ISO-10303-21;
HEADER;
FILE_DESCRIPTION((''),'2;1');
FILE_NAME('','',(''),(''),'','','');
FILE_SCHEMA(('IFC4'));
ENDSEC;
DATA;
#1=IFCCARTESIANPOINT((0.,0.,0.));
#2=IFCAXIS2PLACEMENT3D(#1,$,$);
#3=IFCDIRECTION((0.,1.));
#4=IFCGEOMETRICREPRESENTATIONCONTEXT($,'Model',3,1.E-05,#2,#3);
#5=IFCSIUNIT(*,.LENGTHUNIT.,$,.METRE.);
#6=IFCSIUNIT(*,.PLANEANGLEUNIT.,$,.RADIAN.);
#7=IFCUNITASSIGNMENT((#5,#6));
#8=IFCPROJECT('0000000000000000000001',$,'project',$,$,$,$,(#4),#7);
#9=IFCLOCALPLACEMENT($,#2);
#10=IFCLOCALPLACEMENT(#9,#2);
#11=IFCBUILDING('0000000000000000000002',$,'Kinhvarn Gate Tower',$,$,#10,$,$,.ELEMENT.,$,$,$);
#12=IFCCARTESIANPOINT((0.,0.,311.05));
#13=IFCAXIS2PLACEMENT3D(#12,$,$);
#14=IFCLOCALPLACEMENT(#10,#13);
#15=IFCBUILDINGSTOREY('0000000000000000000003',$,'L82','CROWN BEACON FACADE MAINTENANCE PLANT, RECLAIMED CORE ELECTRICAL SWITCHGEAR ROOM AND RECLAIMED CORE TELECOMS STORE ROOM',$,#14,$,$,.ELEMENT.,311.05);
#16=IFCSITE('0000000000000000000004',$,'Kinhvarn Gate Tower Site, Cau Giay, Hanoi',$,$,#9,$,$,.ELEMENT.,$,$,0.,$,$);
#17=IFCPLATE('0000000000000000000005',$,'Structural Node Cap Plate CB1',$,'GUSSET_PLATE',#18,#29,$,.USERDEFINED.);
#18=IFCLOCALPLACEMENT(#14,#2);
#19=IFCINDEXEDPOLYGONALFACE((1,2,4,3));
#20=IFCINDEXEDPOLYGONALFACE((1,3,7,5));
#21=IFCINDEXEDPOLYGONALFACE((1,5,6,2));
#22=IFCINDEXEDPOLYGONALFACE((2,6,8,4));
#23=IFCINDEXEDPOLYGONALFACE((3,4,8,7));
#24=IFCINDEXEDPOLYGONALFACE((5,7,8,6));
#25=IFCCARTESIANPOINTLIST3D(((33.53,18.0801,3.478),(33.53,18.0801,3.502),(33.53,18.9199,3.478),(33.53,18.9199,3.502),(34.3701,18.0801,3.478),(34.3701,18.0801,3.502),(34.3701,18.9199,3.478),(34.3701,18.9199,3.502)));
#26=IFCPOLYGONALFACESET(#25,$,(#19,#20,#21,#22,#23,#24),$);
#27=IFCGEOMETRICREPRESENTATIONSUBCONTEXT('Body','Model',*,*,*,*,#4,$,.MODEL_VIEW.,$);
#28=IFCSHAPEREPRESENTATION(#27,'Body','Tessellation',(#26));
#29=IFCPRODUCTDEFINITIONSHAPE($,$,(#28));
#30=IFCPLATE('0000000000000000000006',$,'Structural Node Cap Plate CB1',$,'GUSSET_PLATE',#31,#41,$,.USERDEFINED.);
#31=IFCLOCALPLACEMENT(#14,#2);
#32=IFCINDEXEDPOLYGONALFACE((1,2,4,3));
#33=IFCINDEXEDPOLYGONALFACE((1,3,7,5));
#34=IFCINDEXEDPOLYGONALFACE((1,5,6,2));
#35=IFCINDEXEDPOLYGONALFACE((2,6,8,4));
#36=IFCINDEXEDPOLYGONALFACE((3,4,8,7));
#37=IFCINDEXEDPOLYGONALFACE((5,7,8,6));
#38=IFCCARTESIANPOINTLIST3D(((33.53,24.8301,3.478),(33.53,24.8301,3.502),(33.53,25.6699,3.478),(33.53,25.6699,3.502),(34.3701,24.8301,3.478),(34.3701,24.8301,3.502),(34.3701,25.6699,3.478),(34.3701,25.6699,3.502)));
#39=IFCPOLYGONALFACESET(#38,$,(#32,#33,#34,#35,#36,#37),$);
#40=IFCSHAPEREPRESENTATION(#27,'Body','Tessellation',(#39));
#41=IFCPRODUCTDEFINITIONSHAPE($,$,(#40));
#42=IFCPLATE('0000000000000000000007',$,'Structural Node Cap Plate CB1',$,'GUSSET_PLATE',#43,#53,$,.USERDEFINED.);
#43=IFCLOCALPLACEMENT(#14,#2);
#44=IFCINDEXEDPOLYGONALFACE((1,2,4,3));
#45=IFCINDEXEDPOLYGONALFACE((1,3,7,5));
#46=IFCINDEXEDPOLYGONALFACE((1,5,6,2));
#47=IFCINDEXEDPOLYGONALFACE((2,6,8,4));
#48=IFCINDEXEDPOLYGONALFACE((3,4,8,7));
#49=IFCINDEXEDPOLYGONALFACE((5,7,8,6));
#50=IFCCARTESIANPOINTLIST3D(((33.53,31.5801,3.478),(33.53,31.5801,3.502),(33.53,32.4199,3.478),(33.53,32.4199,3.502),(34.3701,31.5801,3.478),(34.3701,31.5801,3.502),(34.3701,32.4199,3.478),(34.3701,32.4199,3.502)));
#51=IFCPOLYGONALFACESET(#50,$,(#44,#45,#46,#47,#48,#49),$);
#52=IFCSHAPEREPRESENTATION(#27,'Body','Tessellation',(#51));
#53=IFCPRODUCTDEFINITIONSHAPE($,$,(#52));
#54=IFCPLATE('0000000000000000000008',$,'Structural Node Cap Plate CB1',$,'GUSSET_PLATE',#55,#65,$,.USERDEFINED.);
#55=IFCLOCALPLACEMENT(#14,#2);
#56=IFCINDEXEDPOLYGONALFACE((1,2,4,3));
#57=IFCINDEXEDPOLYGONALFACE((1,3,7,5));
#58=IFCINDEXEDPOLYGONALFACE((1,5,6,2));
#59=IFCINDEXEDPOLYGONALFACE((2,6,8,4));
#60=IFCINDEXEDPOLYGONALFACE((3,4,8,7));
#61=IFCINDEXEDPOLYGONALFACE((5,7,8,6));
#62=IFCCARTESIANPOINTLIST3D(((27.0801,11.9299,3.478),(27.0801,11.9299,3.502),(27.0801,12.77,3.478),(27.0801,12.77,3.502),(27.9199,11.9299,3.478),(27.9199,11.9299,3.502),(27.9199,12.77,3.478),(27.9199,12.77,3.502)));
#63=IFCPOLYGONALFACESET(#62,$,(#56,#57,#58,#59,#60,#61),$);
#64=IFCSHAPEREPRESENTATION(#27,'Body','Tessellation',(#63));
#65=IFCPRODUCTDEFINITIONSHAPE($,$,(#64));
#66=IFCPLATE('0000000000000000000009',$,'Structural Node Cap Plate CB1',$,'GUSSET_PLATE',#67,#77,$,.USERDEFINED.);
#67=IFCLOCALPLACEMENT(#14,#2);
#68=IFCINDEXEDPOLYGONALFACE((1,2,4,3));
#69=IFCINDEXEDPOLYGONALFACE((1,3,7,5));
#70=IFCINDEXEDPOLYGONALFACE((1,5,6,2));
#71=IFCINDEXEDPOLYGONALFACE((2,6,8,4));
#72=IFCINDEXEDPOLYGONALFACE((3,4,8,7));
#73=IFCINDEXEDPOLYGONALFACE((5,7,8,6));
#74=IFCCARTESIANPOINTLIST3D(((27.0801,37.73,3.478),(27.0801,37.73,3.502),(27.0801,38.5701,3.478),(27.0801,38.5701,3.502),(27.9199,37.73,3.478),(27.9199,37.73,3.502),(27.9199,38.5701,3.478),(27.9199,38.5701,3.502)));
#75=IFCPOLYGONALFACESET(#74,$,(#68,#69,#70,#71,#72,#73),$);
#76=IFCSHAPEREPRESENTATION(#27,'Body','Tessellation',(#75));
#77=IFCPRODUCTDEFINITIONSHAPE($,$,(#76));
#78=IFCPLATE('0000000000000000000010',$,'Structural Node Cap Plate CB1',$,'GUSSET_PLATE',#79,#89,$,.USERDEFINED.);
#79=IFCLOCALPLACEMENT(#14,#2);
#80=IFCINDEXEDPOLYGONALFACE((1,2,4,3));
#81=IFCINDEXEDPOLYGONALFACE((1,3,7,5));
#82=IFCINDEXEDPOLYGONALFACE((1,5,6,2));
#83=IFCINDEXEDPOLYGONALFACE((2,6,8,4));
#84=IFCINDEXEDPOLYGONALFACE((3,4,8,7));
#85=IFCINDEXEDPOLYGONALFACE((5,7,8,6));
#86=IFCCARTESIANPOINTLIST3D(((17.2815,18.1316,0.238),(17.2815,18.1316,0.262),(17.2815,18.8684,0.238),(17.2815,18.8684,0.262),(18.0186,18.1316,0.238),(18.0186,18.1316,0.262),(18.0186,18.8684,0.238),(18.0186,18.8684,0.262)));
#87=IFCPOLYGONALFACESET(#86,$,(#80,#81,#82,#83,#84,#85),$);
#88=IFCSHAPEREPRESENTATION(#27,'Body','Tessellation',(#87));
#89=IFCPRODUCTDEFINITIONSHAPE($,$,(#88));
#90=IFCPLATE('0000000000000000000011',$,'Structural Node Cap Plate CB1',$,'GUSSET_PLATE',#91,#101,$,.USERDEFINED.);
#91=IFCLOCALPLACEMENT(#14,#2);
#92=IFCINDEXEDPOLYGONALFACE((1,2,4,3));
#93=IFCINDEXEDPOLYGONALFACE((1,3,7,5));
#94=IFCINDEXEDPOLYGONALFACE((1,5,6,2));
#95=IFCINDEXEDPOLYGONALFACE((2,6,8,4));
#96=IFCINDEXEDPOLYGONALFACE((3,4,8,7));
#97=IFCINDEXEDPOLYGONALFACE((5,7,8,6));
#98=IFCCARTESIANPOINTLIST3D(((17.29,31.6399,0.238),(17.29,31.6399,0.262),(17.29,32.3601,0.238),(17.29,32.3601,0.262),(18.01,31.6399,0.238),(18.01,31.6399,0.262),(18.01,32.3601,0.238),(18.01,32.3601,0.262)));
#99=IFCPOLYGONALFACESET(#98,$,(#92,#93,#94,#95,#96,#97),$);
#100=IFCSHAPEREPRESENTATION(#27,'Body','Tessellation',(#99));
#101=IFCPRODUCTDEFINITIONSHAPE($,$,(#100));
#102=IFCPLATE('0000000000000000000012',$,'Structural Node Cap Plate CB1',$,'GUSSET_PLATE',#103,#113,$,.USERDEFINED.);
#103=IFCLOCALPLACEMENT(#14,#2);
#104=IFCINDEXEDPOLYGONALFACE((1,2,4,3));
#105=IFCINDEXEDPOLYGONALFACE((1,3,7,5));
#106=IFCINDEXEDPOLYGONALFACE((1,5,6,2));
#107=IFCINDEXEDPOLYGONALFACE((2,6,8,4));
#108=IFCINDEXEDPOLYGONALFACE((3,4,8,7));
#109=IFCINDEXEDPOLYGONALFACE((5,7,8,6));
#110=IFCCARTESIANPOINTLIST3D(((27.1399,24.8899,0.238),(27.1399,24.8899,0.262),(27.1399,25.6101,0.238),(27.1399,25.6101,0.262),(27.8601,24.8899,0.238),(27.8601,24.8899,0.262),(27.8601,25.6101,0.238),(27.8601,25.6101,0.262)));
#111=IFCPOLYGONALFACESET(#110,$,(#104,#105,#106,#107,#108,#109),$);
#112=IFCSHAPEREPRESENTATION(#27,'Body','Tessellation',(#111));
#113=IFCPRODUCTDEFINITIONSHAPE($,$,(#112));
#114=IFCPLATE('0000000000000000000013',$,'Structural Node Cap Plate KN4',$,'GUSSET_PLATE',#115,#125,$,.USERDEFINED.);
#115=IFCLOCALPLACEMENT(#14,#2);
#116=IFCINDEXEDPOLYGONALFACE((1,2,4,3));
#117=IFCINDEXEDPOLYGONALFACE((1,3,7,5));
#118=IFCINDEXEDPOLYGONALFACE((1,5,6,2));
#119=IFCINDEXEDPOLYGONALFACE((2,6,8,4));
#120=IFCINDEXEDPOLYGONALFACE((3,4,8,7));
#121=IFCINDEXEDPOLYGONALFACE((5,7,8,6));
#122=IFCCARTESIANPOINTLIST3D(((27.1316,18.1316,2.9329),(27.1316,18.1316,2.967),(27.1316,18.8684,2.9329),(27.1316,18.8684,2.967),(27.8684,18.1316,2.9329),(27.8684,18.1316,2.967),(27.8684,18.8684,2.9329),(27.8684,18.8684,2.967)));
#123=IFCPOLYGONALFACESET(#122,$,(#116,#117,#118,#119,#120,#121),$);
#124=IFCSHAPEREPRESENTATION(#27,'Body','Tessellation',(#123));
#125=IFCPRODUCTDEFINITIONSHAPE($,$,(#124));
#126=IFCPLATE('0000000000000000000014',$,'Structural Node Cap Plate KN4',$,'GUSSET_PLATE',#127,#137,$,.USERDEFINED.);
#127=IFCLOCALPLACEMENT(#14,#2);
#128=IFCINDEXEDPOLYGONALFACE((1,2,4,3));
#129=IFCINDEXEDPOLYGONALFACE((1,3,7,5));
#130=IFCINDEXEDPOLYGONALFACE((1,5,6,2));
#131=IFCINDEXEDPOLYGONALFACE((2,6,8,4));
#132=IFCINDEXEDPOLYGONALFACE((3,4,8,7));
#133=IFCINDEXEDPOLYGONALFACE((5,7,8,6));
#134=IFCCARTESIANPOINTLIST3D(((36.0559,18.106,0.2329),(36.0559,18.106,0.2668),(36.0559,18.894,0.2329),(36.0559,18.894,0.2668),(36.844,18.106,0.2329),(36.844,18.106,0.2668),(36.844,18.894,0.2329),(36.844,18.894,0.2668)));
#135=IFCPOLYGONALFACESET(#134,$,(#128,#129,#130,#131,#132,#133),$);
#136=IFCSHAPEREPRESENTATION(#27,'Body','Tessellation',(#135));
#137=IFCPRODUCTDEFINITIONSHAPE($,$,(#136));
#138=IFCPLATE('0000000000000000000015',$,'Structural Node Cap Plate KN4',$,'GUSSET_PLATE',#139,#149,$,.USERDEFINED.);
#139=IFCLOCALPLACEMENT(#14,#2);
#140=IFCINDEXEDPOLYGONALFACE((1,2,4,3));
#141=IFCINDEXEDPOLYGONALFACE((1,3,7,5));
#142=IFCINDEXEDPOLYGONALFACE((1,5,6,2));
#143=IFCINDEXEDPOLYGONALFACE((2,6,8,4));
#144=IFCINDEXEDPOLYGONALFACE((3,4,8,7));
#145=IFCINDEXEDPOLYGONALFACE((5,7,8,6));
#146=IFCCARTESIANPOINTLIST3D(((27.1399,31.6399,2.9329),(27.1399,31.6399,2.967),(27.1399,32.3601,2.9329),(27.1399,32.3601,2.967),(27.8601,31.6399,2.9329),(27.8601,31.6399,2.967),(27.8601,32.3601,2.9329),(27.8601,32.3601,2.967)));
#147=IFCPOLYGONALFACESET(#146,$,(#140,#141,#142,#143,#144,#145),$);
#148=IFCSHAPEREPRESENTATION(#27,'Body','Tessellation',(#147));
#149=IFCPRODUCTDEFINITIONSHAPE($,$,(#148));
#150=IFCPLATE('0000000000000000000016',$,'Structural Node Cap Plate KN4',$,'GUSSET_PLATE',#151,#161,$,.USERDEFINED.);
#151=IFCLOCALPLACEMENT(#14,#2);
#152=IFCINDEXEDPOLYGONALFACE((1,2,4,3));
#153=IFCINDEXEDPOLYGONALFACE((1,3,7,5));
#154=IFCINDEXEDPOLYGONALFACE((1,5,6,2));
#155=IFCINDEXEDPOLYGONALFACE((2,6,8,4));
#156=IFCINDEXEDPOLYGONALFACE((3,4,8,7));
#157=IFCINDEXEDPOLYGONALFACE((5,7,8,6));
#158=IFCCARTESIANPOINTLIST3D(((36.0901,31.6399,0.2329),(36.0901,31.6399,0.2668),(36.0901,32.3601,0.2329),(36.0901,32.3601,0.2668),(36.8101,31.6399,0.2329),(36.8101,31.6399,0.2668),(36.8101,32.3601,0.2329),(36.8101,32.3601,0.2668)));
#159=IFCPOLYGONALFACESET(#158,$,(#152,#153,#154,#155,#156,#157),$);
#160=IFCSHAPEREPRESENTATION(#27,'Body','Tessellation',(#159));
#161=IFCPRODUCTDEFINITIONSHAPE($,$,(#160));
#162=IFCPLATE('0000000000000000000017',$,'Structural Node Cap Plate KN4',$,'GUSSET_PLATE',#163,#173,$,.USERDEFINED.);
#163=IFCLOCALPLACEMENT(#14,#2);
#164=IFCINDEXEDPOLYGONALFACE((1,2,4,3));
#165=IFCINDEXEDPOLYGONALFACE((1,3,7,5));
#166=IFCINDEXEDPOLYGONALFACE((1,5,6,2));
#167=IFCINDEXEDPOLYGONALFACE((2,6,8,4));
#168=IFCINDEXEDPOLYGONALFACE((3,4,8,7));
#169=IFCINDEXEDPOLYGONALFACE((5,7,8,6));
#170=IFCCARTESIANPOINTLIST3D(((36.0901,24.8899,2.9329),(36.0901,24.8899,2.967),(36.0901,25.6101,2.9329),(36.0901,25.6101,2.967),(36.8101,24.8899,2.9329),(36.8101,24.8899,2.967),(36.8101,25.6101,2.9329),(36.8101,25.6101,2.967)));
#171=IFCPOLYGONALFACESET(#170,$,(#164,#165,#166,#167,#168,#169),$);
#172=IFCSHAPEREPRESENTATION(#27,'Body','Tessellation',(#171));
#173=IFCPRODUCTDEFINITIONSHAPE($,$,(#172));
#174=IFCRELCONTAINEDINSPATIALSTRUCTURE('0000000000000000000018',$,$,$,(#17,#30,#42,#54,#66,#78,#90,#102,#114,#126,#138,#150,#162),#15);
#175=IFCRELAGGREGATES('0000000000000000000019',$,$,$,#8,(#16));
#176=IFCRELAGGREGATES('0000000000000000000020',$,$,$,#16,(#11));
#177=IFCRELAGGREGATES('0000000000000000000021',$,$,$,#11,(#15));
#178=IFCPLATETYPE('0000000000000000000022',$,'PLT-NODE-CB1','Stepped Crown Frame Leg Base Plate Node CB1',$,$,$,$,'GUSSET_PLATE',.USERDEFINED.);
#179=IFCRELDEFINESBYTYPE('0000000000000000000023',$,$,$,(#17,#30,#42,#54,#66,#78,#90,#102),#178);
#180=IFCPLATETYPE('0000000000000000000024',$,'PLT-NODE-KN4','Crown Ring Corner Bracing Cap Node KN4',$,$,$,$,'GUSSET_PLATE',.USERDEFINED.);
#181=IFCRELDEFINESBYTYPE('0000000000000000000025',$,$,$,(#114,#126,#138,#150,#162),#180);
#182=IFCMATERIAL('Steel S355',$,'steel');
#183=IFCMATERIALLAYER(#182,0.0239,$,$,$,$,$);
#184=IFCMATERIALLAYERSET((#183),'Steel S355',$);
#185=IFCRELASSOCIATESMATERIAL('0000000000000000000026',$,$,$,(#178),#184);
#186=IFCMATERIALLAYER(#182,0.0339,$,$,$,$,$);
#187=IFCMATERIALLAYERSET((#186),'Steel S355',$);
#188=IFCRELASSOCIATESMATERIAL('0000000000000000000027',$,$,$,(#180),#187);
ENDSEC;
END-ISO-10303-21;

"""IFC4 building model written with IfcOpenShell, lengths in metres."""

from ifc_helpers import new_model, si_unit, direction, frame, origin, place, context, subcontext, project, spatial, polyline, outline, extrude, material, layer, layer_set, type_object, element, save


model = new_model("IFC4")

# Units and contexts
model_context = context("Model", 3, precision=1e-05, world=origin(), true_north=direction((0.0, 1.0)))
body_context = subcontext(model_context, "Body", "Model", "MODEL_VIEW")
ifc_project = project(units=[si_unit("LENGTHUNIT", "METRE"), si_unit("PLANEANGLEUNIT", "RADIAN")], contexts=[model_context])

# Site, building, storey
site_placement = place(None, origin())
site = spatial("IfcSite", under=ifc_project, at=site_placement, Name="Kinhvarn Gate Tower Site, Cau Giay, Hanoi", CompositionType="ELEMENT", RefElevation=0.0)
building_placement = place(site_placement, origin())
building = spatial("IfcBuilding", under=site, at=building_placement, Name="Kinhvarn Gate Tower", CompositionType="ELEMENT")
storey_placement = place(building_placement, frame((0.0, 0.0, 311.05)))
storey = spatial("IfcBuildingStorey", under=building, at=storey_placement, Name="L82", Description="CROWN BEACON FACADE MAINTENANCE PLANT, RECLAIMED CORE ELECTRICAL SWITCHGEAR ROOM AND RECLAIMED CORE TELECOMS STORE ROOM", CompositionType="ELEMENT", Elevation=311.05)

# Plates
ifc_material_1 = material(Name="Steel S355", Category="steel")
ifc_layer_1 = layer(ifc_material_1, 0.0239)
ifc_layer_set_1 = layer_set([ifc_layer_1], Name="Steel S355")
plate_type_1 = type_object("IfcPlateType", Name="PLT-NODE-CB1", Description="Stepped Crown Frame Leg Base Plate Node CB1", ElementType="GUSSET_PLATE", PredefinedType="USERDEFINED", material=ifc_layer_set_1)
plate_1_placement = place(storey_placement, frame((0.0, 0.0, 3.478)))
element("IfcPlate", 1, at=plate_1_placement, inside=storey, type_object=plate_type_1, Name="Structural Node Cap Plate CB1", ObjectType="GUSSET_PLATE", PredefinedType="USERDEFINED", context=body_context, shape_type="SweptSolid", body=[
    extrude(outline(polyline([(33.53, 18.0801), (34.3701, 18.0801), (34.3701, 18.9199), (33.53, 18.9199), (33.53, 18.0801)])), origin(), (0.0, 0.0, 1.0), 0.0239),
])
plate_2_placement = place(storey_placement, frame((0.0, 0.0, 3.478)))
element("IfcPlate", 2, at=plate_2_placement, inside=storey, type_object=plate_type_1, Name="Structural Node Cap Plate CB1", ObjectType="GUSSET_PLATE", PredefinedType="USERDEFINED", context=body_context, shape_type="SweptSolid", body=[
    extrude(outline(polyline([(33.53, 24.8301), (34.3701, 24.8301), (34.3701, 25.6699), (33.53, 25.6699), (33.53, 24.8301)])), origin(), (0.0, 0.0, 1.0), 0.0239),
])
plate_3_placement = place(storey_placement, frame((0.0, 0.0, 3.478)))
element("IfcPlate", 3, at=plate_3_placement, inside=storey, type_object=plate_type_1, Name="Structural Node Cap Plate CB1", ObjectType="GUSSET_PLATE", PredefinedType="USERDEFINED", context=body_context, shape_type="SweptSolid", body=[
    extrude(outline(polyline([(33.53, 31.5801), (34.3701, 31.5801), (34.3701, 32.4199), (33.53, 32.4199), (33.53, 31.5801)])), origin(), (0.0, 0.0, 1.0), 0.0239),
])
plate_4_placement = place(storey_placement, frame((0.0, 0.0, 3.478)))
element("IfcPlate", 4, at=plate_4_placement, inside=storey, type_object=plate_type_1, Name="Structural Node Cap Plate CB1", ObjectType="GUSSET_PLATE", PredefinedType="USERDEFINED", context=body_context, shape_type="SweptSolid", body=[
    extrude(outline(polyline([(27.0801, 11.9299), (27.9199, 11.9299), (27.9199, 12.77), (27.0801, 12.77), (27.0801, 11.9299)])), origin(), (0.0, 0.0, 1.0), 0.0239),
])
plate_5_placement = place(storey_placement, frame((0.0, 0.0, 3.478)))
element("IfcPlate", 5, at=plate_5_placement, inside=storey, type_object=plate_type_1, Name="Structural Node Cap Plate CB1", ObjectType="GUSSET_PLATE", PredefinedType="USERDEFINED", context=body_context, shape_type="SweptSolid", body=[
    extrude(outline(polyline([(27.0801, 37.73), (27.9199, 37.73), (27.9199, 38.5701), (27.0801, 38.5701), (27.0801, 37.73)])), origin(), (0.0, 0.0, 1.0), 0.0239),
])
plate_6_placement = place(storey_placement, frame((0.0, 0.0, 0.238)))
element("IfcPlate", 6, at=plate_6_placement, inside=storey, type_object=plate_type_1, Name="Structural Node Cap Plate CB1", ObjectType="GUSSET_PLATE", PredefinedType="USERDEFINED", context=body_context, shape_type="SweptSolid", body=[
    extrude(outline(polyline([(17.2815, 18.1316), (18.0186, 18.1316), (18.0186, 18.8684), (17.2815, 18.8684), (17.2815, 18.1316)])), origin(), (0.0, 0.0, 1.0), 0.0239),
])
plate_7_placement = place(storey_placement, frame((0.0, 0.0, 0.238)))
element("IfcPlate", 7, at=plate_7_placement, inside=storey, type_object=plate_type_1, Name="Structural Node Cap Plate CB1", ObjectType="GUSSET_PLATE", PredefinedType="USERDEFINED", context=body_context, shape_type="SweptSolid", body=[
    extrude(outline(polyline([(17.29, 31.6399), (18.01, 31.6399), (18.01, 32.3601), (17.29, 32.3601), (17.29, 31.6399)])), origin(), (0.0, 0.0, 1.0), 0.0239),
])
plate_8_placement = place(storey_placement, frame((0.0, 0.0, 0.238)))
element("IfcPlate", 8, at=plate_8_placement, inside=storey, type_object=plate_type_1, Name="Structural Node Cap Plate CB1", ObjectType="GUSSET_PLATE", PredefinedType="USERDEFINED", context=body_context, shape_type="SweptSolid", body=[
    extrude(outline(polyline([(27.1399, 24.8899), (27.8601, 24.8899), (27.8601, 25.6101), (27.1399, 25.6101), (27.1399, 24.8899)])), origin(), (0.0, 0.0, 1.0), 0.0239),
])
ifc_layer_2 = layer(ifc_material_1, 0.0339)
ifc_layer_set_2 = layer_set([ifc_layer_2], Name="Steel S355")
plate_type_2 = type_object("IfcPlateType", Name="PLT-NODE-KN4", Description="Crown Ring Corner Bracing Cap Node KN4", ElementType="GUSSET_PLATE", PredefinedType="USERDEFINED", material=ifc_layer_set_2)
plate_9_placement = place(storey_placement, frame((0.0, 0.0, 2.9329)))
element("IfcPlate", 9, at=plate_9_placement, inside=storey, type_object=plate_type_2, Name="Structural Node Cap Plate KN4", ObjectType="GUSSET_PLATE", PredefinedType="USERDEFINED", context=body_context, shape_type="SweptSolid", body=[
    extrude(outline(polyline([(27.1316, 18.1316), (27.8684, 18.1316), (27.8684, 18.8684), (27.1316, 18.8684), (27.1316, 18.1316)])), origin(), (0.0, 0.0, 1.0), 0.0342),
])
plate_10_placement = place(storey_placement, frame((0.0, 0.0, 0.2329)))
element("IfcPlate", 10, at=plate_10_placement, inside=storey, type_object=plate_type_2, Name="Structural Node Cap Plate KN4", ObjectType="GUSSET_PLATE", PredefinedType="USERDEFINED", context=body_context, shape_type="SweptSolid", body=[
    extrude(outline(polyline([(36.0559, 18.106), (36.844, 18.106), (36.844, 18.894), (36.0559, 18.894), (36.0559, 18.106)])), origin(), (0.0, 0.0, 1.0), 0.0339),
])
plate_11_placement = place(storey_placement, frame((0.0, 0.0, 2.9329)))
element("IfcPlate", 11, at=plate_11_placement, inside=storey, type_object=plate_type_2, Name="Structural Node Cap Plate KN4", ObjectType="GUSSET_PLATE", PredefinedType="USERDEFINED", context=body_context, shape_type="SweptSolid", body=[
    extrude(outline(polyline([(27.1399, 31.6399), (27.8601, 31.6399), (27.8601, 32.3601), (27.1399, 32.3601), (27.1399, 31.6399)])), origin(), (0.0, 0.0, 1.0), 0.0342),
])
plate_12_placement = place(storey_placement, frame((0.0, 0.0, 0.2329)))
element("IfcPlate", 12, at=plate_12_placement, inside=storey, type_object=plate_type_2, Name="Structural Node Cap Plate KN4", ObjectType="GUSSET_PLATE", PredefinedType="USERDEFINED", context=body_context, shape_type="SweptSolid", body=[
    extrude(outline(polyline([(36.0901, 31.6399), (36.8101, 31.6399), (36.8101, 32.3601), (36.0901, 32.3601), (36.0901, 31.6399)])), origin(), (0.0, 0.0, 1.0), 0.0339),
])
plate_13_placement = place(storey_placement, frame((0.0, 0.0, 2.9329)))
element("IfcPlate", 13, at=plate_13_placement, inside=storey, type_object=plate_type_2, Name="Structural Node Cap Plate KN4", ObjectType="GUSSET_PLATE", PredefinedType="USERDEFINED", context=body_context, shape_type="SweptSolid", body=[
    extrude(outline(polyline([(36.0901, 24.8899), (36.8101, 24.8899), (36.8101, 25.6101), (36.0901, 25.6101), (36.0901, 24.8899)])), origin(), (0.0, 0.0, 1.0), 0.0342),
])

save(model, "model.ifc")
